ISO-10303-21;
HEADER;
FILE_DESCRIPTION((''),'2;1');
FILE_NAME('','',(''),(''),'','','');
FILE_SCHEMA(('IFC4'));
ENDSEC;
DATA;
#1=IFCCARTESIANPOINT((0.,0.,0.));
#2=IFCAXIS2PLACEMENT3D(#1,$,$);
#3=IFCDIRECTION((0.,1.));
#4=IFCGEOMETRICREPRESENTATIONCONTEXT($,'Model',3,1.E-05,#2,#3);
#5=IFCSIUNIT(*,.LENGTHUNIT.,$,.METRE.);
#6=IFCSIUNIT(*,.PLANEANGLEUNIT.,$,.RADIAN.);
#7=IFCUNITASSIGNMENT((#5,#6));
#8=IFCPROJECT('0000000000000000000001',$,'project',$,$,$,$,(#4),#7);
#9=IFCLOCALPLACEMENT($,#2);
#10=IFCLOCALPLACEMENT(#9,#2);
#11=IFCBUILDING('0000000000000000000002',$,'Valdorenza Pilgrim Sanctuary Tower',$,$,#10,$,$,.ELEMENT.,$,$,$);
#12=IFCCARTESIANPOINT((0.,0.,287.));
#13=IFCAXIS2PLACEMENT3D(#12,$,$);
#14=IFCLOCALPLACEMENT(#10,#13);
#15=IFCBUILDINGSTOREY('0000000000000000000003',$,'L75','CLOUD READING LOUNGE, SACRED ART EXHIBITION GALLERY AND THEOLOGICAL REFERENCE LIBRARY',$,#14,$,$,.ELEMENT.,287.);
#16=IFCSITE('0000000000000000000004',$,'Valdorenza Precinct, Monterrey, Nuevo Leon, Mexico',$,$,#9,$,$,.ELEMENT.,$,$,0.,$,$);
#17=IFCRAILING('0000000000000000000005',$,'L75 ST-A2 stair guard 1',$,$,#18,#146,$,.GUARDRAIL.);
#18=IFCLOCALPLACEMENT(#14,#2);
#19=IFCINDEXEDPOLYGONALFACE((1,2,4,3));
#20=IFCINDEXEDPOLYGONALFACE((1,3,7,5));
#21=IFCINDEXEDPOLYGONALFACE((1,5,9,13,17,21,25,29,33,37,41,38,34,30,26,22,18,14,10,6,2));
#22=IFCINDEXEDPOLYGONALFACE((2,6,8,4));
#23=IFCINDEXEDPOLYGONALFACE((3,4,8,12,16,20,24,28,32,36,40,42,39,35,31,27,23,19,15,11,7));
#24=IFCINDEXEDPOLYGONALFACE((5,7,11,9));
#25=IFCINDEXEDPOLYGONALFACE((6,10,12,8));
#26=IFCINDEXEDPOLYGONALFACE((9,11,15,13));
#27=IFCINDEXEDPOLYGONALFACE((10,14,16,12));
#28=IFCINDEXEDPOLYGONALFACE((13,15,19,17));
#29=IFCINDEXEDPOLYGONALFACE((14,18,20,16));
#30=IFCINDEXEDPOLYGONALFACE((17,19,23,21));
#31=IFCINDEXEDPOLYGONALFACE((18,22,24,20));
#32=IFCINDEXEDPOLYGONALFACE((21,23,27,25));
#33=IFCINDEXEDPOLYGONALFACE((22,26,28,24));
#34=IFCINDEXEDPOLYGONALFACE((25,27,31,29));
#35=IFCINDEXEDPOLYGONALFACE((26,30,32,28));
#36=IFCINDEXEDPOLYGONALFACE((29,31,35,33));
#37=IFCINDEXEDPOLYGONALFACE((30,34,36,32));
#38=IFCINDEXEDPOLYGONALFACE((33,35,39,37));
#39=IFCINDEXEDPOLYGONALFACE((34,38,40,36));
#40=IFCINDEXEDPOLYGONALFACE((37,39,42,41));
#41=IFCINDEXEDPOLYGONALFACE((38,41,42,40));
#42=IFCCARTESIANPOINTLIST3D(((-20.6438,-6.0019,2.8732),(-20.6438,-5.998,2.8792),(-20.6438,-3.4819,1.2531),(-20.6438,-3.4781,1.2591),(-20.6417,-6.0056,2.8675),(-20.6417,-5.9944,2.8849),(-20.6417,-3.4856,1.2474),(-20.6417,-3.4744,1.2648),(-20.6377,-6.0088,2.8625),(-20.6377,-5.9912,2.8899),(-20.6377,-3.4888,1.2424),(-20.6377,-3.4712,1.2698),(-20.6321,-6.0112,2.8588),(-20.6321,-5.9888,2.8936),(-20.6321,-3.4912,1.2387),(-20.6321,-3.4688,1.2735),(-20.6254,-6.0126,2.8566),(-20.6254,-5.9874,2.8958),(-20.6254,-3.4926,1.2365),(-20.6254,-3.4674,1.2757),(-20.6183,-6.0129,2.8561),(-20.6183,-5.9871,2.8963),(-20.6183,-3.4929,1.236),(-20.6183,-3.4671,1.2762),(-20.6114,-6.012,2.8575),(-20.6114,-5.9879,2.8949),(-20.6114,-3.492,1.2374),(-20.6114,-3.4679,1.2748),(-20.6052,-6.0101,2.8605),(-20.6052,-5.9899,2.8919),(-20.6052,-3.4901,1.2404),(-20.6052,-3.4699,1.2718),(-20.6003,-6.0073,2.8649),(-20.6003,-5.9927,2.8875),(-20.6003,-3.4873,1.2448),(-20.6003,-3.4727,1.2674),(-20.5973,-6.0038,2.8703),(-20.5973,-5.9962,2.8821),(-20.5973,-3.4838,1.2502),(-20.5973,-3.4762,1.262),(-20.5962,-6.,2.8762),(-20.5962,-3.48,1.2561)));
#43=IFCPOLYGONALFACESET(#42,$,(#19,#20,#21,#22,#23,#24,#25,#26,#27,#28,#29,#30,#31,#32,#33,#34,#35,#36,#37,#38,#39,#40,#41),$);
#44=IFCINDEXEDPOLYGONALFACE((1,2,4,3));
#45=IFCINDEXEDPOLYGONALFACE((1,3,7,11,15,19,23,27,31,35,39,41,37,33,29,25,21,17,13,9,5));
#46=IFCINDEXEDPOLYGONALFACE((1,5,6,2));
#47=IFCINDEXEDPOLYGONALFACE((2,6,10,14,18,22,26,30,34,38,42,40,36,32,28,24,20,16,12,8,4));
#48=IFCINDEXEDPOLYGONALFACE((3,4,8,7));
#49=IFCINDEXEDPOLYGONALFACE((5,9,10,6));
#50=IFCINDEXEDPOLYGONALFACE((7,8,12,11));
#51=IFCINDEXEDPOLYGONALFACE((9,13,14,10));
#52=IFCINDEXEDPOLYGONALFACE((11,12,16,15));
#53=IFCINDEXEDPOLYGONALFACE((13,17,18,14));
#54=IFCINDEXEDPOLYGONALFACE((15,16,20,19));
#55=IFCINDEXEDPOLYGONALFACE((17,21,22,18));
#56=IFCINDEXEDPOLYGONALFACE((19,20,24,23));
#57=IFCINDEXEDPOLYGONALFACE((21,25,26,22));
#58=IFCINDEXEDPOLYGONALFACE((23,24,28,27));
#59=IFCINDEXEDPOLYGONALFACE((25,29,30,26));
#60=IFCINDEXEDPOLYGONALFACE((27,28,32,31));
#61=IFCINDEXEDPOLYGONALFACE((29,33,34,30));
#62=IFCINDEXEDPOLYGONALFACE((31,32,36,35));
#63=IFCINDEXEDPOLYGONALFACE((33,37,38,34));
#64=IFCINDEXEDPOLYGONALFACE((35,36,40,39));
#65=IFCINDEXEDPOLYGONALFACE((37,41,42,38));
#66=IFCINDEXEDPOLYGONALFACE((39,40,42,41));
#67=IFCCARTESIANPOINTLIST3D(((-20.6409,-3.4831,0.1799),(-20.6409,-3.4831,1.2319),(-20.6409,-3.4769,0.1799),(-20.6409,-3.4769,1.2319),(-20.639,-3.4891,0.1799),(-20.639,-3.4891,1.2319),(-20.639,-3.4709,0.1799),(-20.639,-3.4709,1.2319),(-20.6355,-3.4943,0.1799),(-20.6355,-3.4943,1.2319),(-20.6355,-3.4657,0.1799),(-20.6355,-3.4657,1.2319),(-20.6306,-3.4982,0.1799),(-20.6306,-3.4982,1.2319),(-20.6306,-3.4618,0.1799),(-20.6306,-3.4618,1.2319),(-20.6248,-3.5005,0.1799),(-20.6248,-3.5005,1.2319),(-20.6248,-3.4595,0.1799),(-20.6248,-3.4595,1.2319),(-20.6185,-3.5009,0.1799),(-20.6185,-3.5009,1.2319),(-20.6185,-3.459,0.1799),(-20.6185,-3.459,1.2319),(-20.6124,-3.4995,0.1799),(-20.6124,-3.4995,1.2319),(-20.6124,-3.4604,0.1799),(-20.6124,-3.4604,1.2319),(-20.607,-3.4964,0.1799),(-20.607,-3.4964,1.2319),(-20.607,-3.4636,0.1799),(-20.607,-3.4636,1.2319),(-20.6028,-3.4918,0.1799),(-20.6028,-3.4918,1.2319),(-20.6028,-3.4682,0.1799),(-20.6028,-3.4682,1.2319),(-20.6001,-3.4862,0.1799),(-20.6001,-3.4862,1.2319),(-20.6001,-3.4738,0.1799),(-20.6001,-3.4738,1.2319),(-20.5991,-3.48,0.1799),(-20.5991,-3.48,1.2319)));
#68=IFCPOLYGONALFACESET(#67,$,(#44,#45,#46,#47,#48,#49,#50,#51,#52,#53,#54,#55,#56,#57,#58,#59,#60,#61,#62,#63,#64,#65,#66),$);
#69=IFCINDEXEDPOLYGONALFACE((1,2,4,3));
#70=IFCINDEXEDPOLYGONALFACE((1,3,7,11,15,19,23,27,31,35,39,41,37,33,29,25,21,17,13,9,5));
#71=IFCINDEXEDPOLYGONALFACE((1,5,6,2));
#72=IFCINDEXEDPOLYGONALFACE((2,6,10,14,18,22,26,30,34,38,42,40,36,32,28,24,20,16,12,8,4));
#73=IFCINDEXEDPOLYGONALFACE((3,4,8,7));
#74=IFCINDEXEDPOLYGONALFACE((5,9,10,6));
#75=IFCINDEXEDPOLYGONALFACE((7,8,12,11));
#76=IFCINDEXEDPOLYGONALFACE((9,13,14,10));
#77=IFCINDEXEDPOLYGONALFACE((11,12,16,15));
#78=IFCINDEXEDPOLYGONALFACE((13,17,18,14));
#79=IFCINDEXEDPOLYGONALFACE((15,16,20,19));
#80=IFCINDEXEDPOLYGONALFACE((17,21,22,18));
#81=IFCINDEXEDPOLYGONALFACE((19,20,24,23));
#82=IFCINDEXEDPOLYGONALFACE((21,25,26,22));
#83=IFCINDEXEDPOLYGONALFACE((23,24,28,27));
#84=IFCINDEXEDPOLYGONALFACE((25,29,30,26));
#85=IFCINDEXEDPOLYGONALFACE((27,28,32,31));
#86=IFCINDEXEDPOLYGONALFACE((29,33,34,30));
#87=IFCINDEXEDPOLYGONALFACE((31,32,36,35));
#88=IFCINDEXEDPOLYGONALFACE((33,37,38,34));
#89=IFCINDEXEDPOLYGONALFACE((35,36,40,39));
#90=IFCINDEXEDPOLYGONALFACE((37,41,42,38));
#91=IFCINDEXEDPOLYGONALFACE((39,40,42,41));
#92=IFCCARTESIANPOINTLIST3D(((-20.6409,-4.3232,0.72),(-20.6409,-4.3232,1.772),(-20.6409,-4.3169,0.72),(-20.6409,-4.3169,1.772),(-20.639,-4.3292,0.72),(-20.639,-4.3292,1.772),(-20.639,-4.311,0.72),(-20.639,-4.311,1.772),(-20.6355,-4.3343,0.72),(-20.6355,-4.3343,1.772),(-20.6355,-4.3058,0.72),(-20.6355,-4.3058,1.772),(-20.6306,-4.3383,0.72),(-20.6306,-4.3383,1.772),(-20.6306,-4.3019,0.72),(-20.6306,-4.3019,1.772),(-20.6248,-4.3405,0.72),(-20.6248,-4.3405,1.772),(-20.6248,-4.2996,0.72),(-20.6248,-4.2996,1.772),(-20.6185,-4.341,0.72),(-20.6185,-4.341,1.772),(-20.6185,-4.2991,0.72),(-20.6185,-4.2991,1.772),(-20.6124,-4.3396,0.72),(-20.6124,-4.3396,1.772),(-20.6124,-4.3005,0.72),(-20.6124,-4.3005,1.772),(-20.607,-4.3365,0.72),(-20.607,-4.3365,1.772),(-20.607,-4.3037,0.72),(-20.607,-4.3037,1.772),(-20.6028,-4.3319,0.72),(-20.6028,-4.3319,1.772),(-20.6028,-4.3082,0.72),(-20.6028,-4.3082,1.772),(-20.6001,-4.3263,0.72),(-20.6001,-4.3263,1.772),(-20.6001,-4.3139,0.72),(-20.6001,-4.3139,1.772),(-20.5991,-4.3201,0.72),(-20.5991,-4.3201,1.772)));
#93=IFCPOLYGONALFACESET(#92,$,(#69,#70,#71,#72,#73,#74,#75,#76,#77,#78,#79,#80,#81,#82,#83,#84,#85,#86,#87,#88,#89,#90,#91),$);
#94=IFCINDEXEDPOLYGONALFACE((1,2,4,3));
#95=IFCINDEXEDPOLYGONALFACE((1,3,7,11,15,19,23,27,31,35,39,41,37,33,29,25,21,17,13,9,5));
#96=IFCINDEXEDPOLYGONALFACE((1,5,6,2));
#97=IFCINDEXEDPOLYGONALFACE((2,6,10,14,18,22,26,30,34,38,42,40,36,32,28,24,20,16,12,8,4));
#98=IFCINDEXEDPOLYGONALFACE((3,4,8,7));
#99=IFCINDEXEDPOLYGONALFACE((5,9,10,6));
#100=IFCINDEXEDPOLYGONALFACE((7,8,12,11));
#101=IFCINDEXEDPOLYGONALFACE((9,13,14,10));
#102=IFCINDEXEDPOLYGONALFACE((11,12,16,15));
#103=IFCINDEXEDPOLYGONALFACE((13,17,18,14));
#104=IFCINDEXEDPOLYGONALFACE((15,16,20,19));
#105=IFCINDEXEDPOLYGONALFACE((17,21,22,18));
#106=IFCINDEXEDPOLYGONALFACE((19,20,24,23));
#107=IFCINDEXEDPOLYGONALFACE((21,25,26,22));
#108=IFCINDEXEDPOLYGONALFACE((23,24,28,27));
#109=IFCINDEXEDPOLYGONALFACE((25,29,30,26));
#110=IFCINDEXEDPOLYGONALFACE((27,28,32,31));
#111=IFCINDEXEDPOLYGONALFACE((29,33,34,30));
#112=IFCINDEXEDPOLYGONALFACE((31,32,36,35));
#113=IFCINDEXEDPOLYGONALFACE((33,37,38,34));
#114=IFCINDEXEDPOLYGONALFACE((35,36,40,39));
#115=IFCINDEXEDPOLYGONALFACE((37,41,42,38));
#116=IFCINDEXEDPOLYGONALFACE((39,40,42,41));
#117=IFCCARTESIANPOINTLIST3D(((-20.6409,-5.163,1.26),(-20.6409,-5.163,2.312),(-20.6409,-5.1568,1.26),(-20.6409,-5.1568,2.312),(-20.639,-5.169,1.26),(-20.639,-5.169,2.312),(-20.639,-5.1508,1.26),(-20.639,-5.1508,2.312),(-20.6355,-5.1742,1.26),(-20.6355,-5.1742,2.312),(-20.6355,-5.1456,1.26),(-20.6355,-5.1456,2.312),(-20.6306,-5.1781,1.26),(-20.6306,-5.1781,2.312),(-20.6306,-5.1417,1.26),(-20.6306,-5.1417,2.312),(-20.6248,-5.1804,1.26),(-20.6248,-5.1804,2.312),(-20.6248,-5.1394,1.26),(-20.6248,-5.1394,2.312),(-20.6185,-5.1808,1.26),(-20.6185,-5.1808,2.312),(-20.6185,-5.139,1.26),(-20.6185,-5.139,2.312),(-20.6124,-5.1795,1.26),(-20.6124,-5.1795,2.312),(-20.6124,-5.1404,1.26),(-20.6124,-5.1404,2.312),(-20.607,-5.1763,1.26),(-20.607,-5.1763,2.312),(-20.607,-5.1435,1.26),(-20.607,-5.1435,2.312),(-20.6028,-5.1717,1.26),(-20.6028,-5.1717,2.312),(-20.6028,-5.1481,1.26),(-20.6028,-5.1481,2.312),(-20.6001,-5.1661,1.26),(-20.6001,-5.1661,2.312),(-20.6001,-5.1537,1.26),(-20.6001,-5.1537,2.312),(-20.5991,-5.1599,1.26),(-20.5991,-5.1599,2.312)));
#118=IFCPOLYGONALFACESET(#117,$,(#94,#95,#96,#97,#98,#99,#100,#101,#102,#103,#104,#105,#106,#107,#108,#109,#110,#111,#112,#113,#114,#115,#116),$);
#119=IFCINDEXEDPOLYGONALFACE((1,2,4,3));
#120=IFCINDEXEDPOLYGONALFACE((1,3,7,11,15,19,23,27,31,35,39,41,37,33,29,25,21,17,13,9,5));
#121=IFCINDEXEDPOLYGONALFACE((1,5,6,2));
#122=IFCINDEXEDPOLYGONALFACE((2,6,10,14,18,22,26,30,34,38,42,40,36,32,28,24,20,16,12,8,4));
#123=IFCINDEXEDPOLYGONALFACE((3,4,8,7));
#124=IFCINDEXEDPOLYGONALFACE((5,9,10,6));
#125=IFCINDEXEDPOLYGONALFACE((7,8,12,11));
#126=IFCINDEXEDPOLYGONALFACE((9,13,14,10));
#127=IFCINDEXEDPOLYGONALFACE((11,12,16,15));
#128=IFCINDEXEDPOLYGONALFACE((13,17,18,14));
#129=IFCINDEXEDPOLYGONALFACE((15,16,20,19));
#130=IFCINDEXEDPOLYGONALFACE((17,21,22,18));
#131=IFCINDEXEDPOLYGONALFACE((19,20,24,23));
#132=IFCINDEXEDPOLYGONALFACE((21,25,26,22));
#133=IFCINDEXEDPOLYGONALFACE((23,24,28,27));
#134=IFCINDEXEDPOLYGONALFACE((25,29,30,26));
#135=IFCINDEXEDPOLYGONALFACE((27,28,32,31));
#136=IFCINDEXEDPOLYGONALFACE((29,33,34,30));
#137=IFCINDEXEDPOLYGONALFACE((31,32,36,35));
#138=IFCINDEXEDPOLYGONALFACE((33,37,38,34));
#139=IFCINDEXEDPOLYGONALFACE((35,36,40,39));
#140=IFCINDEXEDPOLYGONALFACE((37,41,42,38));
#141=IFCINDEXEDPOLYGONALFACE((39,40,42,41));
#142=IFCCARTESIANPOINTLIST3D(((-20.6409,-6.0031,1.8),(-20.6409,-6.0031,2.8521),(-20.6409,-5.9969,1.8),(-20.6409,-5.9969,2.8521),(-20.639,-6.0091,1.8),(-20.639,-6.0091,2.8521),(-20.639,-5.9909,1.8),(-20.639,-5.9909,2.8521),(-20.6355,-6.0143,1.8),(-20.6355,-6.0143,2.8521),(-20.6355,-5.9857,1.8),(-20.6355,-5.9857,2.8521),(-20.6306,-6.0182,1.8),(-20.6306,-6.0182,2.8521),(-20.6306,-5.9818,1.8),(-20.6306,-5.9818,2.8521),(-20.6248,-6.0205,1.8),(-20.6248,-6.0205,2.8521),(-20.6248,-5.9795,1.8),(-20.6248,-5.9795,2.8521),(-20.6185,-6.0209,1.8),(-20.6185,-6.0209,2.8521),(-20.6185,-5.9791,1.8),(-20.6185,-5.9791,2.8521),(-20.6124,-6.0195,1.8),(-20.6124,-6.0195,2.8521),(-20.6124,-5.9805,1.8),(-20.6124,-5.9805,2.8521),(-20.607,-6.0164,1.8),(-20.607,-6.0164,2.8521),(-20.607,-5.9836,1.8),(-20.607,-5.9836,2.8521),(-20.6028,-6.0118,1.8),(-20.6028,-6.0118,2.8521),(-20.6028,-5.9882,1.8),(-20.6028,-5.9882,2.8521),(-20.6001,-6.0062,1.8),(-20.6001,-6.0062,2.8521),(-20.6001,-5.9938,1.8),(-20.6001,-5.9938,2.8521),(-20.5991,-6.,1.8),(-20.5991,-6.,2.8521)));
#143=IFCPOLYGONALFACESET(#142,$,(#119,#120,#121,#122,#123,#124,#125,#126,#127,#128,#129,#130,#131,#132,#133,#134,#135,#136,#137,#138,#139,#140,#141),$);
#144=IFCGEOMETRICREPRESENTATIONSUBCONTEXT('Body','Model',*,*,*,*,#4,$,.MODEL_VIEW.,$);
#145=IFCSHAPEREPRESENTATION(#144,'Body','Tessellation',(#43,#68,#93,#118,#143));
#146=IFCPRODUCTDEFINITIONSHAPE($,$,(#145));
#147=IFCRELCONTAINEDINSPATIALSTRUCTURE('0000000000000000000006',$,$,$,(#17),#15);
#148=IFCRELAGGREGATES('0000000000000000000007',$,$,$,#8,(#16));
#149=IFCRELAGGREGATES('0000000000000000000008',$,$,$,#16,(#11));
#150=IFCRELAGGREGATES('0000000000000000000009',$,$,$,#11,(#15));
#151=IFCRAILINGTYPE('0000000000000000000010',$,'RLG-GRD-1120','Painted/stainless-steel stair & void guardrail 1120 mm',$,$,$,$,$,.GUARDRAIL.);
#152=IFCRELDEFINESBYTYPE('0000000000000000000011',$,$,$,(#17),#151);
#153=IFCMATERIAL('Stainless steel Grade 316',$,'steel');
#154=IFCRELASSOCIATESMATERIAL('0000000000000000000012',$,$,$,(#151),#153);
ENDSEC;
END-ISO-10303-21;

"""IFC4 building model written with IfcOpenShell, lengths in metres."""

from ifc_helpers import new_model, si_unit, direction, frame, origin, origin_2d, place, context, subcontext, project, spatial, circle, extrude, material, type_object, element, save


model = new_model("IFC4")

# Units and contexts
model_context = context("Model", 3, precision=1e-05, world=origin(), true_north=direction((0.0, 1.0)))
body_context = subcontext(model_context, "Body", "Model", "MODEL_VIEW")
ifc_project = project(units=[si_unit("LENGTHUNIT", "METRE"), si_unit("PLANEANGLEUNIT", "RADIAN")], contexts=[model_context])

# Site, building, storey
site_placement = place(None, origin())
site = spatial("IfcSite", under=ifc_project, at=site_placement, Name="Valdorenza Precinct, Monterrey, Nuevo Leon, Mexico", CompositionType="ELEMENT", RefElevation=0.0)
building_placement = place(site_placement, origin())
building = spatial("IfcBuilding", under=site, at=building_placement, Name="Valdorenza Pilgrim Sanctuary Tower", CompositionType="ELEMENT")
storey_placement = place(building_placement, frame((0.0, 0.0, 287.0)))
storey = spatial("IfcBuildingStorey", under=building, at=storey_placement, Name="L75", Description="CLOUD READING LOUNGE, SACRED ART EXHIBITION GALLERY AND THEOLOGICAL REFERENCE LIBRARY", CompositionType="ELEMENT", Elevation=287.0)

# Railing
ifc_material_1 = material(Name="Stainless steel Grade 316", Category="steel")
railing_type_1 = type_object("IfcRailingType", Name="RLG-GRD-1120", Description="Painted/stainless-steel stair & void guardrail 1120 mm", PredefinedType="GUARDRAIL", material=ifc_material_1)
railing_1_placement = place(storey_placement, frame((-20.6201, -3.48, 0.1799)))
element("IfcRailing", 1, at=railing_1_placement, inside=storey, type_object=railing_type_1, Name="L75 ST-A2 stair guard 1", PredefinedType="GUARDRAIL", context=body_context, shape_type="SweptSolid", body=[
    extrude(circle(Radius=0.0239, at=origin_2d()), frame((0.0, 0.0, 1.0762), z_axis=(0.0, -0.841163, 0.540782), x_axis=(1.0, 0.0, 0.0)), (0.0, 0.0, 1.0), 2.9958),
    extrude(circle(Radius=0.021, at=origin_2d()), origin(), (0.0, 0.0, 1.0), 1.052),
    extrude(circle(Radius=0.021, at=origin_2d()), frame((0.0, -0.8401, 0.54)), (0.0, 0.0, 1.0), 1.052),
    extrude(circle(Radius=0.021, at=origin_2d()), frame((0.0, -1.6799, 1.0801)), (0.0, 0.0, 1.0), 1.052),
    extrude(circle(Radius=0.021, at=origin_2d()), frame((0.0, -2.52, 1.6201)), (0.0, 0.0, 1.0), 1.052),
])

save(model, "model.ifc")
